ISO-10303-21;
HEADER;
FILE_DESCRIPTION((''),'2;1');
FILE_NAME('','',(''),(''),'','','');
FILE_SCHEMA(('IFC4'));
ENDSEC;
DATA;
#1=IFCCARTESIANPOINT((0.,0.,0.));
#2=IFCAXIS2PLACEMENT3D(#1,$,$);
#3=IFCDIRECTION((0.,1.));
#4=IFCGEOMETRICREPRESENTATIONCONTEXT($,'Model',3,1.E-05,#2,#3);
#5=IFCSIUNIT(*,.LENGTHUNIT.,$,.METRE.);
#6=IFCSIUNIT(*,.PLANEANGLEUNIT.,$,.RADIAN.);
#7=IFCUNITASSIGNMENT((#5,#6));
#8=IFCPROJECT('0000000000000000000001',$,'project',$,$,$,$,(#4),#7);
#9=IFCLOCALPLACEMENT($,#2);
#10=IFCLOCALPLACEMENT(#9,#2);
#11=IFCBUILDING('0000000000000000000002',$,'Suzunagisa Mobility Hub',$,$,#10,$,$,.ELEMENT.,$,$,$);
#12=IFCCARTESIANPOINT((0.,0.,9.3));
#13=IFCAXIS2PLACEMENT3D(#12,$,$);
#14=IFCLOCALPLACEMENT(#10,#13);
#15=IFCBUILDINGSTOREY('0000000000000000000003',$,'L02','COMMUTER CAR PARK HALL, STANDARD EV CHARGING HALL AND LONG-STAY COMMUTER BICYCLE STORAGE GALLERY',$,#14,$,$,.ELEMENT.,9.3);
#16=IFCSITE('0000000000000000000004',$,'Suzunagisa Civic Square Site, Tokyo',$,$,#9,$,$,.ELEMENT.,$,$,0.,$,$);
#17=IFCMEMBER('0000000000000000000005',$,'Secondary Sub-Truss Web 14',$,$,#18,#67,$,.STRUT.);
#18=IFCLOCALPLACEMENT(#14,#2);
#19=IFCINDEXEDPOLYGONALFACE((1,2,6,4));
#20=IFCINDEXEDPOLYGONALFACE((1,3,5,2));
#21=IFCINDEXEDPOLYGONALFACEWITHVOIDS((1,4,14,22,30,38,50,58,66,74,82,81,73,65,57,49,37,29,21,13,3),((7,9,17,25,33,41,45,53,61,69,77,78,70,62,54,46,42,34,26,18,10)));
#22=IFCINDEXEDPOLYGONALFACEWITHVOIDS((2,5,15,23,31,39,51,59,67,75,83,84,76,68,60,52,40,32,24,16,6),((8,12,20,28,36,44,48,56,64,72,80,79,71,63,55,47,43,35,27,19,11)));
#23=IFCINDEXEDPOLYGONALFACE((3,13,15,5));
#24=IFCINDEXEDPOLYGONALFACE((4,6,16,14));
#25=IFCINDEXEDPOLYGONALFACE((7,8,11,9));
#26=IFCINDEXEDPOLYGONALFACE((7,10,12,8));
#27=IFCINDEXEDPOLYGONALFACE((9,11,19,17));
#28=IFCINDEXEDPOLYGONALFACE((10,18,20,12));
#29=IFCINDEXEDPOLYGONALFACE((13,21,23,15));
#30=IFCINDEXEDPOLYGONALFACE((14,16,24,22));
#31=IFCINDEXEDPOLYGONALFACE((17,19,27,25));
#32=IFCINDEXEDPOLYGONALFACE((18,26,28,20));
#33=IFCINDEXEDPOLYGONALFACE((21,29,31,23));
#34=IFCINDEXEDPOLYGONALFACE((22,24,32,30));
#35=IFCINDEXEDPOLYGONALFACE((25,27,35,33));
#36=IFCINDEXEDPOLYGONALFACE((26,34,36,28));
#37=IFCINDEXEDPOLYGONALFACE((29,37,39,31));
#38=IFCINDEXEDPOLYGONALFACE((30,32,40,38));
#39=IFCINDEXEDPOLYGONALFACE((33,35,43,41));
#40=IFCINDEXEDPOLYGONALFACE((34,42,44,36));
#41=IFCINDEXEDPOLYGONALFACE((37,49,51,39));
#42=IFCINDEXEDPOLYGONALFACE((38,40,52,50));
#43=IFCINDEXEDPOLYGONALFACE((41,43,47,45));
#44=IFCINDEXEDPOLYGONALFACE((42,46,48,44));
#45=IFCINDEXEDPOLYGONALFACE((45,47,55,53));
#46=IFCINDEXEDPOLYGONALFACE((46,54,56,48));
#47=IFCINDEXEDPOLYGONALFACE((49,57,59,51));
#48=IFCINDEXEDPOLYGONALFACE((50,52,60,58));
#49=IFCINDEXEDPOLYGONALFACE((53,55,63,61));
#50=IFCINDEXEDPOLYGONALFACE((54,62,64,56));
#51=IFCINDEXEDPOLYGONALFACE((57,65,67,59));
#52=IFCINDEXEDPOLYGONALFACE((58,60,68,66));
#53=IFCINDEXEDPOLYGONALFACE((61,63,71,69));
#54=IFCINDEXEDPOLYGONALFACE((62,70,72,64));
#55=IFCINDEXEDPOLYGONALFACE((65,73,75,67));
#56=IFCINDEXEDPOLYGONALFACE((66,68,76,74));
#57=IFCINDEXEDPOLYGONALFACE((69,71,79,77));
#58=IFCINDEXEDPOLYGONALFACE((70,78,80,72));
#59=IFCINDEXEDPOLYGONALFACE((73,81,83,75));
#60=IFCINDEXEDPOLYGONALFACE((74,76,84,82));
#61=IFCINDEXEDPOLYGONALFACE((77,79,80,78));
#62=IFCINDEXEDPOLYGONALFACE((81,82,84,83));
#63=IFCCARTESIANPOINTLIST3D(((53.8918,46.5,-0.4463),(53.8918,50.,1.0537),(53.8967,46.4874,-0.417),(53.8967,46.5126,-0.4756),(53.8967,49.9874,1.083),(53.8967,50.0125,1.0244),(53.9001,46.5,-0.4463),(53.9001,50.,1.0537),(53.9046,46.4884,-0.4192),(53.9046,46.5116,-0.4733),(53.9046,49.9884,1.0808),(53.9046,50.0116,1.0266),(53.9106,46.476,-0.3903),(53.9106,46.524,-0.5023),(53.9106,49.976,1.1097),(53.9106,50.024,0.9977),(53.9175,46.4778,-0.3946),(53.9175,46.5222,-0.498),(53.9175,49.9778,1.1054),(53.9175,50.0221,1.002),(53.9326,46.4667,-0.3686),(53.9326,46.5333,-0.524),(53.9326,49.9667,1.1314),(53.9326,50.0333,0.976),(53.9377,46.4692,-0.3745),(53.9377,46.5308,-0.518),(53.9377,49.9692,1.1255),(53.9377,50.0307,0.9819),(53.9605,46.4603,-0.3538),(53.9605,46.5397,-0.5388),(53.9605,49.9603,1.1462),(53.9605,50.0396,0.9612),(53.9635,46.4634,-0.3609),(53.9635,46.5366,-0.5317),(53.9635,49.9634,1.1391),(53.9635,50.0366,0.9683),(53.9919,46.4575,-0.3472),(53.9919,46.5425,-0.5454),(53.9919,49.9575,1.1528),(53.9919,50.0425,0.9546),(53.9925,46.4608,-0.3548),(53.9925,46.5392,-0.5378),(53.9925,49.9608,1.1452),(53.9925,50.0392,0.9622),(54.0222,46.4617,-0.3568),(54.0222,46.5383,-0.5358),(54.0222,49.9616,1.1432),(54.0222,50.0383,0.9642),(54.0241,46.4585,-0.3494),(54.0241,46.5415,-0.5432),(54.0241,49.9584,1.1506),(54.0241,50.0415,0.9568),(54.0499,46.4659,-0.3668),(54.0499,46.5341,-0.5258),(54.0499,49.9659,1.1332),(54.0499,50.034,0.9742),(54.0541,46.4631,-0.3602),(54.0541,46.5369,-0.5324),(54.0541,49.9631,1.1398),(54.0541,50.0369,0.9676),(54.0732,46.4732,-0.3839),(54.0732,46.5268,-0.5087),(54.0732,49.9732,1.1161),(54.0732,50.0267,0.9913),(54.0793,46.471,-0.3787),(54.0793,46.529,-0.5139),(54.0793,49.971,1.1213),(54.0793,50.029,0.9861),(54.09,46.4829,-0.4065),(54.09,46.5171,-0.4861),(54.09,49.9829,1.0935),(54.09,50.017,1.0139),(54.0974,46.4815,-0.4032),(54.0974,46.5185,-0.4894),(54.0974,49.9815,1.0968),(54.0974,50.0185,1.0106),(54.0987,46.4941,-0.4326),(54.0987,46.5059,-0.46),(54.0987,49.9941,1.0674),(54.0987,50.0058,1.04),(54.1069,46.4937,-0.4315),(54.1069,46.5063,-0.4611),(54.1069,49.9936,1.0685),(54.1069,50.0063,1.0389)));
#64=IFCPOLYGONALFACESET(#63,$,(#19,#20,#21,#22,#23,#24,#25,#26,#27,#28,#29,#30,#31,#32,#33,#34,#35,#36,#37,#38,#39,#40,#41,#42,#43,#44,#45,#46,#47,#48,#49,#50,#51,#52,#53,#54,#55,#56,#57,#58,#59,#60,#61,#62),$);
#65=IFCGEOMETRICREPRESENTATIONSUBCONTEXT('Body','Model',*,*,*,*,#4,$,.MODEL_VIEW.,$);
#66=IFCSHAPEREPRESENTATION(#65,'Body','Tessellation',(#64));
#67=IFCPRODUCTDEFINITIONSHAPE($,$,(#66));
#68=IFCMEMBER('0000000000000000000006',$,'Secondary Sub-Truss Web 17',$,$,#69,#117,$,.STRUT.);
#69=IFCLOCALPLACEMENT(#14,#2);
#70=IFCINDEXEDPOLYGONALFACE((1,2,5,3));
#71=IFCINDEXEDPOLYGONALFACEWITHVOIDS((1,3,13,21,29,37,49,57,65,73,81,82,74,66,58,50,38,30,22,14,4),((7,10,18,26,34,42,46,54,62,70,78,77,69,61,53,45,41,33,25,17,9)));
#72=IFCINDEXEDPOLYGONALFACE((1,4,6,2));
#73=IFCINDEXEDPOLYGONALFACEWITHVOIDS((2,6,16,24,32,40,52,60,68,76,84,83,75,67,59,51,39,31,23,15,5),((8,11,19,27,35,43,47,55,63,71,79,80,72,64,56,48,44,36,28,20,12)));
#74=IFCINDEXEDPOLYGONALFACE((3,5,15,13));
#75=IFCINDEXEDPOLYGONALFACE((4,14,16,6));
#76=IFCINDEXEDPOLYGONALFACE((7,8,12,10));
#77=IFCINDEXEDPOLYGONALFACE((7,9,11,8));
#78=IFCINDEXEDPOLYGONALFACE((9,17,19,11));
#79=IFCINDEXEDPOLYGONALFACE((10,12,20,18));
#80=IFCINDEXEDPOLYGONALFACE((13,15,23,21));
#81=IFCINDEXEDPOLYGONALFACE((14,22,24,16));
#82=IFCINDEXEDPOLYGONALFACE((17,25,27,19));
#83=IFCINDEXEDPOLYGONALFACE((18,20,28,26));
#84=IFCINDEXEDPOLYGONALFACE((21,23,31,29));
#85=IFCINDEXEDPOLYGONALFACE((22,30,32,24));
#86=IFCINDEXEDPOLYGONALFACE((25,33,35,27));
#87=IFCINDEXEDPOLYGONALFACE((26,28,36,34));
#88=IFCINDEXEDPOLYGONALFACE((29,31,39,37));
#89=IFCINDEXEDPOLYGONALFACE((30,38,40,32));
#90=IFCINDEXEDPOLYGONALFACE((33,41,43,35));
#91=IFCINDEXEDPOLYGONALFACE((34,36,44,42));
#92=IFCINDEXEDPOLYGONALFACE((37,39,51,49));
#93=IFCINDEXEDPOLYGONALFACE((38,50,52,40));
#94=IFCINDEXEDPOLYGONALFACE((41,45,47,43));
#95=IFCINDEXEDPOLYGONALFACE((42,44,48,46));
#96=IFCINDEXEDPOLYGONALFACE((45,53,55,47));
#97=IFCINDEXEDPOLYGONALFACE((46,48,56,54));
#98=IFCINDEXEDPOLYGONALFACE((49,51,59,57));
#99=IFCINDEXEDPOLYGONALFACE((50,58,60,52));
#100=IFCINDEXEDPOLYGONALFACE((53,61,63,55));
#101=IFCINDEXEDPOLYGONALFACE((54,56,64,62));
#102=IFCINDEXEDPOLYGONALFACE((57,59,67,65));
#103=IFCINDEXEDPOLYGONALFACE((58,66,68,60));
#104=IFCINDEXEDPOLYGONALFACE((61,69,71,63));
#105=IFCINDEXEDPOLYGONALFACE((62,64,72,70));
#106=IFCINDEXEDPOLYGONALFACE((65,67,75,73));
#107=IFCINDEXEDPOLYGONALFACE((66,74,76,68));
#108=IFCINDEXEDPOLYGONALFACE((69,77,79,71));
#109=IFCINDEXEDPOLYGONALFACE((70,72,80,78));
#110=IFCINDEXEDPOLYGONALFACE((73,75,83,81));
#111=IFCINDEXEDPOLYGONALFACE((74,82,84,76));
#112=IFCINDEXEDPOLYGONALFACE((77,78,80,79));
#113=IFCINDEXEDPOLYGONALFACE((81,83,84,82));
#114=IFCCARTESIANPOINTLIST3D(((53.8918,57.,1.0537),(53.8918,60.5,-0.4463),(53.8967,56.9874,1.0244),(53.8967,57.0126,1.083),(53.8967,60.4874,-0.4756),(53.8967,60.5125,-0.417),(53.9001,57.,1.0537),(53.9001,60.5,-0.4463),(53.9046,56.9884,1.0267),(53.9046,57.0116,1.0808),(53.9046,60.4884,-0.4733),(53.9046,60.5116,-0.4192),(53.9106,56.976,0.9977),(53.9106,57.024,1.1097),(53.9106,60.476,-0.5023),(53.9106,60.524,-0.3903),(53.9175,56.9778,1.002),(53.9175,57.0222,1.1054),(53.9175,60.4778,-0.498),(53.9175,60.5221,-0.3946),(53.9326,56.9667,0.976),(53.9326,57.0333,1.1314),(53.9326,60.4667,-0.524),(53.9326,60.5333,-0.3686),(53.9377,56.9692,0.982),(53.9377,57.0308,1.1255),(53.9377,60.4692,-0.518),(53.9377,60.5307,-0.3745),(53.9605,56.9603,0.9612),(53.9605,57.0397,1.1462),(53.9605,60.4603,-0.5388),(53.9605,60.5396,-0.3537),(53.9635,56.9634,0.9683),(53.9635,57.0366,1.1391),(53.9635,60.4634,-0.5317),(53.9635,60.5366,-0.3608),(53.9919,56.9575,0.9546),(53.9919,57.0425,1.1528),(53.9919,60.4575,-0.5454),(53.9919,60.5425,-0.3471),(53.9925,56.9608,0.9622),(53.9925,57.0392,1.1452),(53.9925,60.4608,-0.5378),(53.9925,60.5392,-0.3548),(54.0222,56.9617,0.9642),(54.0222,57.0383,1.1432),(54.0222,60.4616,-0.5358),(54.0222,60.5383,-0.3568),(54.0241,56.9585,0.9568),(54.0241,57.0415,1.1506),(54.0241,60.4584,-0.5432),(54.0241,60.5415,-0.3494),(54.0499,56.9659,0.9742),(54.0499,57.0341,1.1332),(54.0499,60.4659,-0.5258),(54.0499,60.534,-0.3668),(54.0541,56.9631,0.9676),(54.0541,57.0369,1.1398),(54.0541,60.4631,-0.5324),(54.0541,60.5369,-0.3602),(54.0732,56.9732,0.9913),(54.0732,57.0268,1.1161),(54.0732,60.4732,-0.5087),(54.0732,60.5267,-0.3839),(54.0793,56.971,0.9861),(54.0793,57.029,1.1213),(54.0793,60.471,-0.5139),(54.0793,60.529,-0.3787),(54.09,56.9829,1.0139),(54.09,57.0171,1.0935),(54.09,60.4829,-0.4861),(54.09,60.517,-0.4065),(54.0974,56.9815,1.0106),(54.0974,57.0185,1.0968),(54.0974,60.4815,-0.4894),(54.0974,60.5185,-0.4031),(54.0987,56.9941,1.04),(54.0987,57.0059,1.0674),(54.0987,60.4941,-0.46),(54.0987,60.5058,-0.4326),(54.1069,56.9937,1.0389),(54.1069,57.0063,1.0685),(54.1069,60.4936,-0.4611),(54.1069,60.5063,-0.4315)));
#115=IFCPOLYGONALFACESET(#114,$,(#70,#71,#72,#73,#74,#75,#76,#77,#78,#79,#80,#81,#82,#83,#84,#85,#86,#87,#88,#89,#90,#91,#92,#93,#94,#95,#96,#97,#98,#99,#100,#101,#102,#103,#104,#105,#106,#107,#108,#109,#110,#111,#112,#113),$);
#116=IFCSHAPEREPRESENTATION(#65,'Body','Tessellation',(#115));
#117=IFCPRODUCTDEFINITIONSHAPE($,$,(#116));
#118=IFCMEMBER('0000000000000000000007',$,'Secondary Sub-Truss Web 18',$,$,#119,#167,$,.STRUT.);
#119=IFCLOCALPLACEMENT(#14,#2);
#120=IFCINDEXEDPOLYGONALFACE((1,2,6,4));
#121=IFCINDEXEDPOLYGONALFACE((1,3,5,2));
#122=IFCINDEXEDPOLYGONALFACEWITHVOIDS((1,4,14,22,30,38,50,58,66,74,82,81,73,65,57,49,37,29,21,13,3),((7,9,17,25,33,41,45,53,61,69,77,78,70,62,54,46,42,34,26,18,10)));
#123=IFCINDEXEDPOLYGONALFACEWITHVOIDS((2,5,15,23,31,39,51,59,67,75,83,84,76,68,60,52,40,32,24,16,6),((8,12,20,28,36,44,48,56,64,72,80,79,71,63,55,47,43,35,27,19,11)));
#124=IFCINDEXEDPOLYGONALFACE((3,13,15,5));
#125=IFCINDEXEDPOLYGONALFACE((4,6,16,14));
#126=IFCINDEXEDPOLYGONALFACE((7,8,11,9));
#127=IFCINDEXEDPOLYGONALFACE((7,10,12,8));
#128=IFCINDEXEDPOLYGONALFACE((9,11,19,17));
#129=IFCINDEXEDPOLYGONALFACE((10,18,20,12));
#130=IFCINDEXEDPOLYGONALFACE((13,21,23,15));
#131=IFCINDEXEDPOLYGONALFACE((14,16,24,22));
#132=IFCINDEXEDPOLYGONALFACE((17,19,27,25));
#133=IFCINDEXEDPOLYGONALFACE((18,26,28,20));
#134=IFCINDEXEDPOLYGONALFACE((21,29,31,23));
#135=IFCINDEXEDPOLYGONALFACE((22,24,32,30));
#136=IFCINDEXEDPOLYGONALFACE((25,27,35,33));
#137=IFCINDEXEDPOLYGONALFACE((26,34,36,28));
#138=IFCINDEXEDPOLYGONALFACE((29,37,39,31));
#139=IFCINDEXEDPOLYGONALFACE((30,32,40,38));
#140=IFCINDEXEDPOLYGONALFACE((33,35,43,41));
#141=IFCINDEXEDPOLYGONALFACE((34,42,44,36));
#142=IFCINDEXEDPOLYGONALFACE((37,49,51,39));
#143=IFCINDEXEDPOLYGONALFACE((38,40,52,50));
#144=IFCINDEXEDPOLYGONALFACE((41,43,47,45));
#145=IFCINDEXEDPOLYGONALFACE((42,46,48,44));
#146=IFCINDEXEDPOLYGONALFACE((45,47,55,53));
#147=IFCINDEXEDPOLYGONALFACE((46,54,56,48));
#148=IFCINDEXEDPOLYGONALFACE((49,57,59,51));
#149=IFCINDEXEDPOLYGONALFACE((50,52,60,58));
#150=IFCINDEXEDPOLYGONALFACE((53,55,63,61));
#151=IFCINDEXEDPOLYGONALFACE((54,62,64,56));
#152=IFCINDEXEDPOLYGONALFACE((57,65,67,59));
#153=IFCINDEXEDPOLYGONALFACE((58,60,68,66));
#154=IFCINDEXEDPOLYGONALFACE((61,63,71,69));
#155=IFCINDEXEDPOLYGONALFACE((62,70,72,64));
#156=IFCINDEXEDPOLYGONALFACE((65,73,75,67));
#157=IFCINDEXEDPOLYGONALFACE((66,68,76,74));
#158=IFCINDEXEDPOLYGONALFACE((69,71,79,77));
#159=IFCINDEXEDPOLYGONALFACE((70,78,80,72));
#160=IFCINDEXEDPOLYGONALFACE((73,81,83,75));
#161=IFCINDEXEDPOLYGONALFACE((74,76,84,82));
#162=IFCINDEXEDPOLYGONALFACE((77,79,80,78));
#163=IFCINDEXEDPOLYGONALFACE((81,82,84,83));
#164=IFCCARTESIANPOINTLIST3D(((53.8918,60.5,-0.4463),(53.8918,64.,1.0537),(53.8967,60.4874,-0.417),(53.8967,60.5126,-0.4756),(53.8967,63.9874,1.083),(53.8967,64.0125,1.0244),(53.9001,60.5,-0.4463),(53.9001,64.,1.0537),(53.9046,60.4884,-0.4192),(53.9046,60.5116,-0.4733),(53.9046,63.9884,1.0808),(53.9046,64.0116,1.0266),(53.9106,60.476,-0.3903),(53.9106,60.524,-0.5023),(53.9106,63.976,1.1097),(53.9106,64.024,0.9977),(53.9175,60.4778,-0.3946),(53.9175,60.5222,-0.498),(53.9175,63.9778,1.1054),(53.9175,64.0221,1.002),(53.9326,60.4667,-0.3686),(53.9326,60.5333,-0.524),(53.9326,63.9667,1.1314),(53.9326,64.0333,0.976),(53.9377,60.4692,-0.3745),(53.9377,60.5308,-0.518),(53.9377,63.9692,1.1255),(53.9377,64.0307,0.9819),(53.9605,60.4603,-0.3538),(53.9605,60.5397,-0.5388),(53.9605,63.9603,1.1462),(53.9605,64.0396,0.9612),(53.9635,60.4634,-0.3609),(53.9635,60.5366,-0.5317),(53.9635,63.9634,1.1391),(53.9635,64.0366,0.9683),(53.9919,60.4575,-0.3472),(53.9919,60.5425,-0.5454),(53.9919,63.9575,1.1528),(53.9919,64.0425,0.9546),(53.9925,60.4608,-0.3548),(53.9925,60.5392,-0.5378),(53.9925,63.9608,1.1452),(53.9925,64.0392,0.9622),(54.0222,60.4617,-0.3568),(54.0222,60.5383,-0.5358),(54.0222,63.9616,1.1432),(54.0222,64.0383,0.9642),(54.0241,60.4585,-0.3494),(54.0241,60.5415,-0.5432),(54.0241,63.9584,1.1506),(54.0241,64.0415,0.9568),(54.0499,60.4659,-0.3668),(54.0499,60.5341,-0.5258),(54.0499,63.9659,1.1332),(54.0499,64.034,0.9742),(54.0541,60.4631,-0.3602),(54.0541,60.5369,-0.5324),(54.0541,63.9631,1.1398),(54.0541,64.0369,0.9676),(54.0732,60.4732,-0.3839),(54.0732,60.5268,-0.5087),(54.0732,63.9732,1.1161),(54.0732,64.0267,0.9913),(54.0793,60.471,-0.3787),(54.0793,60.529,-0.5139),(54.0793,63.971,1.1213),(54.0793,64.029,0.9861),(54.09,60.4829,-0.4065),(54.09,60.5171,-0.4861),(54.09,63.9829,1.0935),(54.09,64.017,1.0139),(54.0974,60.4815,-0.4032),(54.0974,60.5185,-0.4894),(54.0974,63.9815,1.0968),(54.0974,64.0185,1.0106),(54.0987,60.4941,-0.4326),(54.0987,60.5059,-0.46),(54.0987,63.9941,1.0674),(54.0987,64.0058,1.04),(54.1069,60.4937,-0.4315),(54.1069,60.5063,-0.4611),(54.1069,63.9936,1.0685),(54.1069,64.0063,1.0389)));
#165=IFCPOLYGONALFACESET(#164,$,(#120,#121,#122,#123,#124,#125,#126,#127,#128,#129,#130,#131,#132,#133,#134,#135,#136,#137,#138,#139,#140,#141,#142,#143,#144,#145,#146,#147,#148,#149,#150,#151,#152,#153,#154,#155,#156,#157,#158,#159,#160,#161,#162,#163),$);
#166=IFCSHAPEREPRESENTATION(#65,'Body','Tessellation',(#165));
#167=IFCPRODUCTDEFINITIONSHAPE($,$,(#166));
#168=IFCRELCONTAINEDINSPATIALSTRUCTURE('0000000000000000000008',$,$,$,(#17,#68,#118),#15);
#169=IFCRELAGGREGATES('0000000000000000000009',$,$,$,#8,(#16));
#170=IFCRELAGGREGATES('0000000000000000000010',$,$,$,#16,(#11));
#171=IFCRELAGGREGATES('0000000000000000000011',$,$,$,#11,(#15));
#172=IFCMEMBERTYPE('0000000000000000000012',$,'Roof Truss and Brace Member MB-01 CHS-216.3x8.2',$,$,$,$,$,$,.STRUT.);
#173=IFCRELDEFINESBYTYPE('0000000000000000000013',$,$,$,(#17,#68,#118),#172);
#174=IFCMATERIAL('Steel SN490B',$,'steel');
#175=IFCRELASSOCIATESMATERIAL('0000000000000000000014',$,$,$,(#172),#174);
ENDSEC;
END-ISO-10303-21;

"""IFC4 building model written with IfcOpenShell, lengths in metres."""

from ifc_helpers import new_model, si_unit, direction, frame, origin, origin_2d, place, context, subcontext, project, spatial, hollow_circle, extrude, material, material_profile, profile_set, type_object, element, save


model = new_model("IFC4")

# Units and contexts
model_context = context("Model", 3, precision=1e-05, world=origin(), true_north=direction((0.0, 1.0)))
body_context = subcontext(model_context, "Body", "Model", "MODEL_VIEW")
ifc_project = project(units=[si_unit("LENGTHUNIT", "METRE"), si_unit("PLANEANGLEUNIT", "RADIAN")], contexts=[model_context])

# Site, building, storey
site_placement = place(None, origin())
site = spatial("IfcSite", under=ifc_project, at=site_placement, Name="Suzunagisa Civic Square Site, Tokyo", CompositionType="ELEMENT", RefElevation=0.0)
building_placement = place(site_placement, origin())
building = spatial("IfcBuilding", under=site, at=building_placement, Name="Suzunagisa Mobility Hub", CompositionType="ELEMENT")
storey_placement = place(building_placement, frame((0.0, 0.0, 9.3)))
storey = spatial("IfcBuildingStorey", under=building, at=storey_placement, Name="L02", Description="COMMUTER CAR PARK HALL, STANDARD EV CHARGING HALL AND LONG-STAY COMMUTER BICYCLE STORAGE GALLERY", CompositionType="ELEMENT", Elevation=9.3)

# Members
ifc_material_1 = material(Name="Steel SN490B", Category="steel")
ifc_material_profile_1 = material_profile(ifc_material_1, hollow_circle(Radius=0.1082, WallThickness=0.0083, at=origin_2d()), Name="CHS-216.3x8.2")
ifc_profile_set_1 = profile_set([ifc_material_profile_1], Name="Steel SN490B")
member_type_1 = type_object("IfcMemberType", Name="Roof Truss and Brace Member MB-01 CHS-216.3x8.2", PredefinedType="STRUT", material=ifc_profile_set_1)
for number, where, z_axis, x_axis, name in (
    (1, (54.0, 46.5, -0.4463), (0.0, 0.919145, 0.393919), (-1.0, 0.0, 0.0), "Secondary Sub-Truss Web 14"),
    (2, (54.0, 57.0, 1.0537), (0.0, 0.919145, -0.393919), (-1.0, 0.0, 0.0), "Secondary Sub-Truss Web 17"),
    (3, (54.0, 60.5, -0.4463), (0.0, 0.919145, 0.393919), (-1.0, 0.0, 0.0), "Secondary Sub-Truss Web 18"),
):
    element("IfcMember", number, at=place(storey_placement, frame(where, z_axis=z_axis, x_axis=x_axis)), inside=storey, type_object=member_type_1, Name=name, PredefinedType="STRUT", context=body_context, shape_type="SweptSolid", body=[
        extrude(hollow_circle(Radius=0.1082, WallThickness=0.0083, at=origin_2d()), origin(), (0.0, 0.0, 1.0), 3.8079),
    ])

save(model, "model.ifc")
